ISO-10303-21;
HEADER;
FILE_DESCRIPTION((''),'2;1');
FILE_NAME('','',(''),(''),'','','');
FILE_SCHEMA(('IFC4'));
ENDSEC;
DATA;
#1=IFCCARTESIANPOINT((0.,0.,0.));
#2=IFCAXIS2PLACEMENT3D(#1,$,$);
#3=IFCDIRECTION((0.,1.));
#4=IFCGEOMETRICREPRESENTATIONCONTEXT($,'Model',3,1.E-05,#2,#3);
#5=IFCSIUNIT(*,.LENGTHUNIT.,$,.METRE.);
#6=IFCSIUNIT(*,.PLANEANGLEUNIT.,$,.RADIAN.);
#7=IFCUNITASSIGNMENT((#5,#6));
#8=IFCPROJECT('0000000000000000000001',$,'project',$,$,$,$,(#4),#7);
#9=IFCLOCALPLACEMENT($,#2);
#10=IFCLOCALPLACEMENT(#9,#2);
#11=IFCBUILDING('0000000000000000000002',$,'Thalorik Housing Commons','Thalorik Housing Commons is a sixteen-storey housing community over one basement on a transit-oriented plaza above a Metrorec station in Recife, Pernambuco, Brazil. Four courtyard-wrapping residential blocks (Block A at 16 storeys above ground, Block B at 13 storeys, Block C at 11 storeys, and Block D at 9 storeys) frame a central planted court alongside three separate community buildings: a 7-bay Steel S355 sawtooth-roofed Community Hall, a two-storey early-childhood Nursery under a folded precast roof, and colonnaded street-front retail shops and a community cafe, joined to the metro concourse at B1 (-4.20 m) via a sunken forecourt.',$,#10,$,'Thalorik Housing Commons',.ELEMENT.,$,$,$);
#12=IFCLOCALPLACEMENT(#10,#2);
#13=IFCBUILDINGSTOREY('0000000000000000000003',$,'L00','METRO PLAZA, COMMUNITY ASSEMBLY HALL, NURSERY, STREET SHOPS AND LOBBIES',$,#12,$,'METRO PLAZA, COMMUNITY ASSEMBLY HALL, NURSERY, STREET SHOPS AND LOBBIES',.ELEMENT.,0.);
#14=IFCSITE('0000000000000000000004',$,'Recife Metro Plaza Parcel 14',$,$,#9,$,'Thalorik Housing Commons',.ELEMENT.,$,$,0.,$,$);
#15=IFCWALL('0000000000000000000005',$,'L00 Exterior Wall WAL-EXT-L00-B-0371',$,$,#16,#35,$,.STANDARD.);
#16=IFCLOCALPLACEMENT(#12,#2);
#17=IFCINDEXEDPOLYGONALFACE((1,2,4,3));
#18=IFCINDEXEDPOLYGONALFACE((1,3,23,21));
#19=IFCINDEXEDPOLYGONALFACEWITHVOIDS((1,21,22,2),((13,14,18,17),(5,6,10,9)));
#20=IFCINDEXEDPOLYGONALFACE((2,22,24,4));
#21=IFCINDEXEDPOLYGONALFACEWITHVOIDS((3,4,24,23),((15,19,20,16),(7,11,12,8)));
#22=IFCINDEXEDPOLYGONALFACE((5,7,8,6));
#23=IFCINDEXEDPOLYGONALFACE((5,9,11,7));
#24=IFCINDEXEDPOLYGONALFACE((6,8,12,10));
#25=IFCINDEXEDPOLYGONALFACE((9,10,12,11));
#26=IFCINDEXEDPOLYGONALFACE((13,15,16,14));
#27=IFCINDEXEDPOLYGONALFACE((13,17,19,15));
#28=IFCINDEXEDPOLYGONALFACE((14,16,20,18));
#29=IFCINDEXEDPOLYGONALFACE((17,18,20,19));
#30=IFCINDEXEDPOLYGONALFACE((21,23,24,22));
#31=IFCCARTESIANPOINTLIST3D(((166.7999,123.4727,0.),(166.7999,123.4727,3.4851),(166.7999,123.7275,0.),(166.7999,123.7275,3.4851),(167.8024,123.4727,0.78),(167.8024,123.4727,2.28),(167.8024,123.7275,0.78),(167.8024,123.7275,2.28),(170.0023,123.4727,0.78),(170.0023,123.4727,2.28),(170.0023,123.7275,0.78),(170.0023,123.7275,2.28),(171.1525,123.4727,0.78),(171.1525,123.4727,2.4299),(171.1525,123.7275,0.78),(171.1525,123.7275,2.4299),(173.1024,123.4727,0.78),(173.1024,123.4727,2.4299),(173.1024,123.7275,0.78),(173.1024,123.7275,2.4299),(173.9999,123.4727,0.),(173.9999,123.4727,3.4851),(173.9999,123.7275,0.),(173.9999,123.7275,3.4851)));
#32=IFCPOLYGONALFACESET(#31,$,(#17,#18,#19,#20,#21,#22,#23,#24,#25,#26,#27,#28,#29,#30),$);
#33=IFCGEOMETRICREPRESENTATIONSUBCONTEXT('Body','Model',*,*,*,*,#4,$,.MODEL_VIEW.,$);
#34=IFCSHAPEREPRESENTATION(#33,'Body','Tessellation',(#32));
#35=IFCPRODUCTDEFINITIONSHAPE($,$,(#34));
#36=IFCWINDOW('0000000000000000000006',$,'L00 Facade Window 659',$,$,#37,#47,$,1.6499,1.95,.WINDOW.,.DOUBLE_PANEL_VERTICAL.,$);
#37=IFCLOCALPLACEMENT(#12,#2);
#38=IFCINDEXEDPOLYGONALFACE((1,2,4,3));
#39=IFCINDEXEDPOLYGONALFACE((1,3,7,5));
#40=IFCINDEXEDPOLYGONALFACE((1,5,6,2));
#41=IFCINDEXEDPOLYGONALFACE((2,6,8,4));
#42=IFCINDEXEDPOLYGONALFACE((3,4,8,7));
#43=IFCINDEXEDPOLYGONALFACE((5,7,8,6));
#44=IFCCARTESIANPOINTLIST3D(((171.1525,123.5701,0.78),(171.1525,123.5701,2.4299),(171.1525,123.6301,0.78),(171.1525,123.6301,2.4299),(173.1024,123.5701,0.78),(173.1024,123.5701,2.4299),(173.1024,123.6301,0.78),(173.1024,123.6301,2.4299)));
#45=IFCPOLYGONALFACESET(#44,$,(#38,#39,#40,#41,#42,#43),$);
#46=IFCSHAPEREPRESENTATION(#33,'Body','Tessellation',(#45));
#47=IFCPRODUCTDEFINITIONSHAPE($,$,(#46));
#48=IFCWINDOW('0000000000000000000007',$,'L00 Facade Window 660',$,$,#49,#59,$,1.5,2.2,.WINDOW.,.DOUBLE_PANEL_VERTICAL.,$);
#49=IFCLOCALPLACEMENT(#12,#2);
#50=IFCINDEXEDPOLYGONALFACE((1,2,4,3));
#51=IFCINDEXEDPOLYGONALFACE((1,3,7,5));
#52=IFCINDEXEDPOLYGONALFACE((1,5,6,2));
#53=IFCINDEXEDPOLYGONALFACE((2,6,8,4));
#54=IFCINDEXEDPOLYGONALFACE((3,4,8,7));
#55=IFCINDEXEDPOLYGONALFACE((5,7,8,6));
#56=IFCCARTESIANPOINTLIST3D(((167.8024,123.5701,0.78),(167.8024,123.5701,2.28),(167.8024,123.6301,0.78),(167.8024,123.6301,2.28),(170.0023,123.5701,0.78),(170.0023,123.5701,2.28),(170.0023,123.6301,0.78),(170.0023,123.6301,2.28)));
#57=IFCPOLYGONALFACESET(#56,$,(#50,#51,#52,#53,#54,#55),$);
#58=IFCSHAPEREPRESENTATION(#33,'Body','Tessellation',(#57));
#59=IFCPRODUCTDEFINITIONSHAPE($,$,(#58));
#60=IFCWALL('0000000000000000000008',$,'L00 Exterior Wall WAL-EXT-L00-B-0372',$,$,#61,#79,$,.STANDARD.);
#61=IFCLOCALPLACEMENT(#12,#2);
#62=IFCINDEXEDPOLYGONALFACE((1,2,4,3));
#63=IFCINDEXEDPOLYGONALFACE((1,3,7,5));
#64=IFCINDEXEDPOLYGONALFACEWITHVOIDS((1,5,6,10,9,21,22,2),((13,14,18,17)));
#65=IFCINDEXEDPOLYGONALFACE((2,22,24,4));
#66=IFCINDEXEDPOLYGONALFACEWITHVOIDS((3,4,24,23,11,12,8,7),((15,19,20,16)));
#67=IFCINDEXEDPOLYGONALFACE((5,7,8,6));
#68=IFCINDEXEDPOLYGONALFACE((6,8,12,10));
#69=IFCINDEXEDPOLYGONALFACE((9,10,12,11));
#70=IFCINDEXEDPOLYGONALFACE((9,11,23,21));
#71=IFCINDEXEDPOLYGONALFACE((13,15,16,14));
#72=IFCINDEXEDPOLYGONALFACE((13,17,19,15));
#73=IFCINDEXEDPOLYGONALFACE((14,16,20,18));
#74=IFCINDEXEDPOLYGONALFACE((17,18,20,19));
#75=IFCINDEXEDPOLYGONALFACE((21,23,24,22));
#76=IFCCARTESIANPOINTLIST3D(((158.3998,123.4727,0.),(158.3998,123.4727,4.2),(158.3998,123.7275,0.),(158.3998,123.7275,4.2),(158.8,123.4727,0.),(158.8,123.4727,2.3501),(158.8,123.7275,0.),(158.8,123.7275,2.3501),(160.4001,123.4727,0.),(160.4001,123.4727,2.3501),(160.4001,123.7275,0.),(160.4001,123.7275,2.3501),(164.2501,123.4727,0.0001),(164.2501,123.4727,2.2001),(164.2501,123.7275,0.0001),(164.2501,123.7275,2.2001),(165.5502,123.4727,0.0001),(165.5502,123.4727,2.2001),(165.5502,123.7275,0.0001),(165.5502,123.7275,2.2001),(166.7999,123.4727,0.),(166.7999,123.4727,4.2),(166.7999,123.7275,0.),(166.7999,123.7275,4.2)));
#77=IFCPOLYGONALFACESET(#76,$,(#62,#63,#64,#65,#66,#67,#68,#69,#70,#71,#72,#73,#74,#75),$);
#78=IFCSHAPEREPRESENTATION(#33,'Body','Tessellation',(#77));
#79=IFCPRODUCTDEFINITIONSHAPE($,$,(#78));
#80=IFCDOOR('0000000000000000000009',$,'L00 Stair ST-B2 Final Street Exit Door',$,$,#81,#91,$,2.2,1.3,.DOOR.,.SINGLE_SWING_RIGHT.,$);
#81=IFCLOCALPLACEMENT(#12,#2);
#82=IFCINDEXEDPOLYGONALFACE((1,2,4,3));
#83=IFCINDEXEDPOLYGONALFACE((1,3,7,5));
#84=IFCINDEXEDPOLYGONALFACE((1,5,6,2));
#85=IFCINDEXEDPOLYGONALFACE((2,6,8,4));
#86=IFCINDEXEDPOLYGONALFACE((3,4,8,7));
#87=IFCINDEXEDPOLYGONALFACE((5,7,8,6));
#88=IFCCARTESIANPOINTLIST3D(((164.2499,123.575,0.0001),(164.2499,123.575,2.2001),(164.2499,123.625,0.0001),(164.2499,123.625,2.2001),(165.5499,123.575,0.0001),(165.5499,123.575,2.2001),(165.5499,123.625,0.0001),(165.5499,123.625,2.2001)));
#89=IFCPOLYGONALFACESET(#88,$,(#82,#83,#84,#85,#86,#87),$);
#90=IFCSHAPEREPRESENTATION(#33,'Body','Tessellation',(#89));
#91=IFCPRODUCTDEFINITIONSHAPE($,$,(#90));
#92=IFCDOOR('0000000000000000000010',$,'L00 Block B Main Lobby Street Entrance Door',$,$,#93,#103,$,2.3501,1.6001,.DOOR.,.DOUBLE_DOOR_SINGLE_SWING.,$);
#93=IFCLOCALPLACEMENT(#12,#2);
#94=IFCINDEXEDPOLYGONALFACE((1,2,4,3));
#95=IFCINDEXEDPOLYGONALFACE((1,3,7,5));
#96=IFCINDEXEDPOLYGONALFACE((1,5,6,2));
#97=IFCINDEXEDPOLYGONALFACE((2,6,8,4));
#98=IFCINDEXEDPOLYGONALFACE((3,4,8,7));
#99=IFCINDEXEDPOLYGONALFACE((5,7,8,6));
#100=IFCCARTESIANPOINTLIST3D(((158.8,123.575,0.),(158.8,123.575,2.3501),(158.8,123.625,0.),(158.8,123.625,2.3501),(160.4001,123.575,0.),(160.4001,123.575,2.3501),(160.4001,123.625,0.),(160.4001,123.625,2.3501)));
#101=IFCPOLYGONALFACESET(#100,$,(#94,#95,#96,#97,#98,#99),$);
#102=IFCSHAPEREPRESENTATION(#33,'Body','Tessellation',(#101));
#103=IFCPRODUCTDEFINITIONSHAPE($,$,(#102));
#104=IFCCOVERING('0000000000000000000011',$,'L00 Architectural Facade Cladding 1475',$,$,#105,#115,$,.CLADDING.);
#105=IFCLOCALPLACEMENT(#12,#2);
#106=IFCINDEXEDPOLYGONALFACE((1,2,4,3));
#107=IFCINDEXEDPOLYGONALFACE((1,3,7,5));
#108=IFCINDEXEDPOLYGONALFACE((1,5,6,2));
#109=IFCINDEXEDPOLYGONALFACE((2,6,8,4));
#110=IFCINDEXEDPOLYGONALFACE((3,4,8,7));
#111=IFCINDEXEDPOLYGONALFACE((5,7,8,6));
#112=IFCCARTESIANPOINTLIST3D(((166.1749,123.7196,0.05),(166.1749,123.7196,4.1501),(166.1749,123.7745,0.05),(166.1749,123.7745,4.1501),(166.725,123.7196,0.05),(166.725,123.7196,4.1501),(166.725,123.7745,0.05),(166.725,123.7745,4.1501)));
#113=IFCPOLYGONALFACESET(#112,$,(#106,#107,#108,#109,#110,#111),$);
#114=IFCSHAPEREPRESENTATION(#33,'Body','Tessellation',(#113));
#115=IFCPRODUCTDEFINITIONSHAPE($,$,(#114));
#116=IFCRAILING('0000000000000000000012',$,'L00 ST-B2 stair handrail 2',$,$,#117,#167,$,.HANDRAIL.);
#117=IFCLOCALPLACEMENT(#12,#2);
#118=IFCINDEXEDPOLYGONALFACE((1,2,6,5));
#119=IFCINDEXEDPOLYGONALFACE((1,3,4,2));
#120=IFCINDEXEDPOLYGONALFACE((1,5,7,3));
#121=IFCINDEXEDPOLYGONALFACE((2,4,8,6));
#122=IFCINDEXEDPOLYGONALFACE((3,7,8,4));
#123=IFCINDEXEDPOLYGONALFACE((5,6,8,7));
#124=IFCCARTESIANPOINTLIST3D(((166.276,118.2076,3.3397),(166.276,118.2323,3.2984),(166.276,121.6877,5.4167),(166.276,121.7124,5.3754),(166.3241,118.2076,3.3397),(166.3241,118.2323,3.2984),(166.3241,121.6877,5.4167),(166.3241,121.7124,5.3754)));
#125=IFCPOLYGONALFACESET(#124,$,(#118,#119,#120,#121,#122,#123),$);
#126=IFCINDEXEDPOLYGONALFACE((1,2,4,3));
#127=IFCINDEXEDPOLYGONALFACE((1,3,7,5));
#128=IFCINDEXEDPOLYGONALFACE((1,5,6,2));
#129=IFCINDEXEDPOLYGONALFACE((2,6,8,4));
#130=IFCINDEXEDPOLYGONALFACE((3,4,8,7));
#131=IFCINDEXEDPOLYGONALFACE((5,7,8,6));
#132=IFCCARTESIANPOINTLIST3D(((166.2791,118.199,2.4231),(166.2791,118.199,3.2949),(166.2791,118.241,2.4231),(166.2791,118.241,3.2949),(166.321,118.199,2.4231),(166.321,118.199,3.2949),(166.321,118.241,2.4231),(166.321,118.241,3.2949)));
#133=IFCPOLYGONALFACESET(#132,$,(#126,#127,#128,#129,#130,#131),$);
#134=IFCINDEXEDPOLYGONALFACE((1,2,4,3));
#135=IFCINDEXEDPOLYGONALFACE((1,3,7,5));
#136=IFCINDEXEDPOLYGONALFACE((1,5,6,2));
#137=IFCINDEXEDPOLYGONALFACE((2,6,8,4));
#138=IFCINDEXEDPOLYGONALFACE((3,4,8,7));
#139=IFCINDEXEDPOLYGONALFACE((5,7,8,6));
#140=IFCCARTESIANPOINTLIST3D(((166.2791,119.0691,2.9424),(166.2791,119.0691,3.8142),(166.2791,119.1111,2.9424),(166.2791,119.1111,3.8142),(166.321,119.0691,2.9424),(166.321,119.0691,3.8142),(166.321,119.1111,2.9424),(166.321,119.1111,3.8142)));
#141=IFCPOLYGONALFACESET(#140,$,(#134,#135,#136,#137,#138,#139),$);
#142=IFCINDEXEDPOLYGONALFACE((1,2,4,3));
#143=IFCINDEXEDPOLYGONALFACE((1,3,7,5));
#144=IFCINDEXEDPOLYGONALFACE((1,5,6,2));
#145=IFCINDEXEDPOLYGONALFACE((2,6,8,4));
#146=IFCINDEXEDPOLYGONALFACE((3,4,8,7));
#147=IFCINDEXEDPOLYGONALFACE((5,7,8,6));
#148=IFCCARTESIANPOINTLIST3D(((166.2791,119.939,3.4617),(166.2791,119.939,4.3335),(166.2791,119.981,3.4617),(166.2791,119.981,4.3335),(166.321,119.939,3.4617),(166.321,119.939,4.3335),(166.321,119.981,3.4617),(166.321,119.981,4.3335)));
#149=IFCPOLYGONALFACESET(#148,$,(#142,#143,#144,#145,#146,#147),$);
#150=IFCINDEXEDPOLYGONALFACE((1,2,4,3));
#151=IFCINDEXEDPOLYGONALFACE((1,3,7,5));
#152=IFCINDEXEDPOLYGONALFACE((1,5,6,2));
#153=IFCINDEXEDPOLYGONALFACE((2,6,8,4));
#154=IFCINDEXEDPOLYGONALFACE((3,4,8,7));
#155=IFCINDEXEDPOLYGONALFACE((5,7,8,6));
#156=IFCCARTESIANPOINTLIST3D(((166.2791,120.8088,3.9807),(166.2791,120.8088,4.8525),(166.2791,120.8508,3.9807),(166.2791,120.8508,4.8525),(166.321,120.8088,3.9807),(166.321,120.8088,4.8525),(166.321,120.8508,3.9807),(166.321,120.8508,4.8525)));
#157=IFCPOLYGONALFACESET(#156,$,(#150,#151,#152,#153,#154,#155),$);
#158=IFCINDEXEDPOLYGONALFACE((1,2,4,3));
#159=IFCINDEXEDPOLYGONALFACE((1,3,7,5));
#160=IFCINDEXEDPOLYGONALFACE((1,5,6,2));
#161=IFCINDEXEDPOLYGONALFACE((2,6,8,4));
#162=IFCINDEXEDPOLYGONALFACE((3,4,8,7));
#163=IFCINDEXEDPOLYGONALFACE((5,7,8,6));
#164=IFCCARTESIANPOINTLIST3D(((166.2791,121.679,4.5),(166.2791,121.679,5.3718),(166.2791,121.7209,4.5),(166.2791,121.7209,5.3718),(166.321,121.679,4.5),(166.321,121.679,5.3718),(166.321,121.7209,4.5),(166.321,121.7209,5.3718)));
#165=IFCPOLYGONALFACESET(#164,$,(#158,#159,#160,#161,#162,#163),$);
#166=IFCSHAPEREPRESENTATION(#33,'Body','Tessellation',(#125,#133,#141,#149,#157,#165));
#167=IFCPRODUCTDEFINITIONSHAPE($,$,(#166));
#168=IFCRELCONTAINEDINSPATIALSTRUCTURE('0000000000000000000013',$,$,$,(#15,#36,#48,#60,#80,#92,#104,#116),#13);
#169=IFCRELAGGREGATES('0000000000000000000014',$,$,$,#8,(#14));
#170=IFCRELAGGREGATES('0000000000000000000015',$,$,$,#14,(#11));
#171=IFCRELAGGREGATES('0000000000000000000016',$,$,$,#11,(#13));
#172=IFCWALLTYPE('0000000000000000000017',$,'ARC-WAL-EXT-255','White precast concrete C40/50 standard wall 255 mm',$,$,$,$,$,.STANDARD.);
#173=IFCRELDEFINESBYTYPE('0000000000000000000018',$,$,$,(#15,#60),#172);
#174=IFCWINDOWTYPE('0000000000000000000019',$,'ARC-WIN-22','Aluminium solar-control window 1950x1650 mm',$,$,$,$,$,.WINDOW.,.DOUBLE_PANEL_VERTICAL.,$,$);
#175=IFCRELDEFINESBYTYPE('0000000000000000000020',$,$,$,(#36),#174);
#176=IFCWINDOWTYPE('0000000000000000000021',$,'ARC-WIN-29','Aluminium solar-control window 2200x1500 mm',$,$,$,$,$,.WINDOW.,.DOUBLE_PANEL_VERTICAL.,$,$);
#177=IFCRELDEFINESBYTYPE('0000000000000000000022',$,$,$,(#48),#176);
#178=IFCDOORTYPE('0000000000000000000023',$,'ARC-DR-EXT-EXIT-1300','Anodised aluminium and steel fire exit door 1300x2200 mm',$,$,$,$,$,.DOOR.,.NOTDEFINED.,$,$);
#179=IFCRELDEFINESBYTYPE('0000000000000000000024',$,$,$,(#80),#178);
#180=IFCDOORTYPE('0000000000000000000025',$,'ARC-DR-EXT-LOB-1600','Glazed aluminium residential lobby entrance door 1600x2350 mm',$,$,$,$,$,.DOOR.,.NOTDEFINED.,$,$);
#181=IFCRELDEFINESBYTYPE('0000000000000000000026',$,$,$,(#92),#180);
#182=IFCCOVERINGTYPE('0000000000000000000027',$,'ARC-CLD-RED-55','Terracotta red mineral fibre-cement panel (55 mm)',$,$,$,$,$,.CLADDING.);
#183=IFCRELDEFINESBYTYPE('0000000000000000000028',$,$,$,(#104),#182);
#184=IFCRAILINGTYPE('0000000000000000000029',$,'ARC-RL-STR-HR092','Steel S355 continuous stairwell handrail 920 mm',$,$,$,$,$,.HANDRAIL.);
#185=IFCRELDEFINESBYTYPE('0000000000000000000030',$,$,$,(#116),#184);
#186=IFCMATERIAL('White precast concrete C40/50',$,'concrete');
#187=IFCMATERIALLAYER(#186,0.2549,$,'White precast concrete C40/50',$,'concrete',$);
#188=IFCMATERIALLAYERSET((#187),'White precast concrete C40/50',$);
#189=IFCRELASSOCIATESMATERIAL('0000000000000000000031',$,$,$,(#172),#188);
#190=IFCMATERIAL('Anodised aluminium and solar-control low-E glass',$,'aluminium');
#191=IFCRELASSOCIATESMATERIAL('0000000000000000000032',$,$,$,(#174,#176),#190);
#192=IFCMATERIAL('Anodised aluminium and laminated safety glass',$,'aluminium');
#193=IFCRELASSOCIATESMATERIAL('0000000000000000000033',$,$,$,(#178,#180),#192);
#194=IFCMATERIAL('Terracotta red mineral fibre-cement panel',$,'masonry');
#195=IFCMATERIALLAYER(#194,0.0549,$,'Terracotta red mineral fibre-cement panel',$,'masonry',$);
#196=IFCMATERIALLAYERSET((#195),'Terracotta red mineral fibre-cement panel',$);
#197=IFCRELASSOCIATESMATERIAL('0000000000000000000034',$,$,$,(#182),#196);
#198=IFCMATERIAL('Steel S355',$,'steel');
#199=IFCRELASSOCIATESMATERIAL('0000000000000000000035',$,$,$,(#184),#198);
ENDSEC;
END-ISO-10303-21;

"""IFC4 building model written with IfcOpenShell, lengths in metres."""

from ifc_helpers import new_model, si_unit, direction, frame, frame_2d, origin, origin_2d, place, context, subcontext, project, spatial, rectangle, extrude, material, layer, layer_set, type_object, element, fill, save


model = new_model("IFC4")

# Units and contexts
model_context = context("Model", 3, precision=1e-05, world=origin(), true_north=direction((0.0, 1.0)))
body_context = subcontext(model_context, "Body", "Model", "MODEL_VIEW")
ifc_project = project(units=[si_unit("LENGTHUNIT", "METRE"), si_unit("PLANEANGLEUNIT", "RADIAN")], contexts=[model_context])

# Site, building, storey
site_placement = place(None, origin())
site = spatial("IfcSite", under=ifc_project, at=site_placement, Name="Recife Metro Plaza Parcel 14", LongName="Thalorik Housing Commons", CompositionType="ELEMENT", RefElevation=0.0)
building_placement = place(site_placement, origin())
building = spatial("IfcBuilding", under=site, at=building_placement, Name="Thalorik Housing Commons", Description="Thalorik Housing Commons is a sixteen-storey housing community over one basement on a transit-oriented plaza above a Metrorec station in Recife, Pernambuco, Brazil. Four courtyard-wrapping residential blocks (Block A at 16 storeys above ground, Block B at 13 storeys, Block C at 11 storeys, and Block D at 9 storeys) frame a central planted court alongside three separate community buildings: a 7-bay Steel S355 sawtooth-roofed Community Hall, a two-storey early-childhood Nursery under a folded precast roof, and colonnaded street-front retail shops and a community cafe, joined to the metro concourse at B1 (-4.20 m) via a sunken forecourt.", LongName="Thalorik Housing Commons", CompositionType="ELEMENT")
storey_placement = place(building_placement, origin())
storey = spatial("IfcBuildingStorey", under=building, at=storey_placement, Name="L00", Description="METRO PLAZA, COMMUNITY ASSEMBLY HALL, NURSERY, STREET SHOPS AND LOBBIES", LongName="METRO PLAZA, COMMUNITY ASSEMBLY HALL, NURSERY, STREET SHOPS AND LOBBIES", CompositionType="ELEMENT", Elevation=0.0)

# Wall, openings, windows
ifc_material_1 = material(Name="White precast concrete C40/50", Category="concrete")
ifc_layer_1 = layer(ifc_material_1, 0.2549, Name="White precast concrete C40/50", Category="concrete")
ifc_layer_set_1 = layer_set([ifc_layer_1], Name="White precast concrete C40/50")
wall_type_1 = type_object("IfcWallType", Name="ARC-WAL-EXT-255", Description="White precast concrete C40/50 standard wall 255 mm", PredefinedType="STANDARD", material=ifc_layer_set_1)
ifc_material_2 = material(Name="Anodised aluminium and solar-control low-E glass", Category="aluminium")
wall_1_placement = place(storey_placement, frame((174.0, 123.6001, 0.0), z_axis=(0.0, 0.0, 1.0), x_axis=(-1.0, 0.0, 0.0)))
wall_1 = element("IfcWall", 1, at=wall_1_placement, inside=storey, type_object=wall_type_1, Name="L00 Exterior Wall WAL-EXT-L00-B-0371", PredefinedType="STANDARD", context=body_context, shape_type="SweptSolid", body=[
    extrude(rectangle(XDim=7.2, YDim=0.2549, at=frame_2d((3.6001, 0.0))), origin(), (0.0, 0.0, 1.0), 3.4851),
])
opening_1_placement = place(wall_1_placement, frame((0.8975, 0.0, 0.78)))
opening_1 = element("IfcOpeningElement", 2, at=opening_1_placement, cuts=wall_1, PredefinedType="OPENING", context=body_context, shape_type="SweptSolid", body=[
    extrude(rectangle(XDim=1.95, YDim=1.6499, at=frame_2d((0.9751, 0.825))), frame((0.0, 0.1375, 0.0), z_axis=(0.0, -1.0, 0.0), x_axis=(1.0, 0.0, 0.0)), (0.0, 0.0, 1.0), 0.2749),
])
opening_2_placement = place(wall_1_placement, frame((3.9976, 0.0, 0.78)))
opening_2 = element("IfcOpeningElement", 3, at=opening_2_placement, cuts=wall_1, PredefinedType="OPENING", context=body_context, shape_type="SweptSolid", body=[
    extrude(rectangle(XDim=2.2, YDim=1.5, at=frame_2d((1.1001, 0.75))), frame((0.0, 0.1375, 0.0), z_axis=(0.0, -1.0, 0.0), x_axis=(1.0, 0.0, 0.0)), (0.0, 0.0, 1.0), 0.2749),
])
window_type_1 = type_object("IfcWindowType", Name="ARC-WIN-22", Description="Aluminium solar-control window 1950x1650 mm", PartitioningType="DOUBLE_PANEL_VERTICAL", PredefinedType="WINDOW", material=ifc_material_2)
window_1_placement = place(opening_1_placement, origin())
window_1 = element("IfcWindow", 4, at=window_1_placement, inside=storey, type_object=window_type_1, Name="L00 Facade Window 659", OverallHeight=1.6499, OverallWidth=1.95, PartitioningType="DOUBLE_PANEL_VERTICAL", PredefinedType="WINDOW", context=body_context, shape_type="SweptSolid", body=[
    extrude(rectangle(XDim=1.95, YDim=1.6499, at=frame_2d((0.9751, 0.825))), frame((0.0, 0.03, 0.0), z_axis=(0.0, -1.0, 0.0), x_axis=(1.0, 0.0, 0.0)), (0.0, 0.0, 1.0), 0.0601),
])
fill(opening_1, window_1)
window_type_2 = type_object("IfcWindowType", Name="ARC-WIN-29", Description="Aluminium solar-control window 2200x1500 mm", PartitioningType="DOUBLE_PANEL_VERTICAL", PredefinedType="WINDOW", material=ifc_material_2)
window_2_placement = place(opening_2_placement, origin())
window_2 = element("IfcWindow", 5, at=window_2_placement, inside=storey, type_object=window_type_2, Name="L00 Facade Window 660", OverallHeight=1.5, OverallWidth=2.2, PartitioningType="DOUBLE_PANEL_VERTICAL", PredefinedType="WINDOW", context=body_context, shape_type="SweptSolid", body=[
    extrude(rectangle(XDim=2.2, YDim=1.5, at=frame_2d((1.1001, 0.75))), frame((0.0, 0.03, 0.0), z_axis=(0.0, -1.0, 0.0), x_axis=(1.0, 0.0, 0.0)), (0.0, 0.0, 1.0), 0.0601),
])
fill(opening_2, window_2)

# Wall, openings, doors
wall_2_placement = place(storey_placement, frame((166.8, 123.6001, 0.0), z_axis=(0.0, 0.0, 1.0), x_axis=(-1.0, 0.0, 0.0)))
wall_2 = element("IfcWall", 6, at=wall_2_placement, inside=storey, type_object=wall_type_1, Name="L00 Exterior Wall WAL-EXT-L00-B-0372", PredefinedType="STANDARD", context=body_context, shape_type="SweptSolid", body=[
    extrude(rectangle(XDim=8.4001, YDim=0.2549, at=frame_2d((4.2002, 0.0))), origin(), (0.0, 0.0, 1.0), 4.2),
])
opening_3_placement = place(wall_2_placement, frame((6.3999, 0.0, 0.0)))
opening_3 = element("IfcOpeningElement", 7, at=opening_3_placement, cuts=wall_2, PredefinedType="OPENING", context=body_context, shape_type="SweptSolid", body=[
    extrude(rectangle(XDim=1.6001, YDim=2.3501, at=frame_2d((0.8, 1.175))), frame((0.0, 0.1375, 0.0), z_axis=(0.0, -1.0, 0.0), x_axis=(1.0, 0.0, 0.0)), (0.0, 0.0, 1.0), 0.2749),
])
opening_4_placement = place(wall_2_placement, frame((1.25, 0.0, 0.0)))
opening_4 = element("IfcOpeningElement", 8, at=opening_4_placement, cuts=wall_2, PredefinedType="OPENING", context=body_context, shape_type="SweptSolid", body=[
    extrude(rectangle(XDim=1.3, YDim=2.2, at=frame_2d((0.6499, 1.1001))), frame((0.0, 0.1375, 0.0), z_axis=(0.0, -1.0, 0.0), x_axis=(1.0, 0.0, 0.0)), (0.0, 0.0, 1.0), 0.2749),
])
ifc_material_3 = material(Name="Anodised aluminium and laminated safety glass", Category="aluminium")
door_type_1 = type_object("IfcDoorType", Name="ARC-DR-EXT-EXIT-1300", Description="Anodised aluminium and steel fire exit door 1300x2200 mm", OperationType="NOTDEFINED", PredefinedType="DOOR", material=ifc_material_3)
door_1_placement = place(opening_4_placement, frame((1.3, 0.0, 0.0), z_axis=(0.0, 0.0, 1.0), x_axis=(-1.0, 0.0, 0.0)))
door_1 = element("IfcDoor", 9, at=door_1_placement, inside=storey, type_object=door_type_1, Name="L00 Stair ST-B2 Final Street Exit Door", OperationType="SINGLE_SWING_RIGHT", OverallHeight=2.2, OverallWidth=1.3, PredefinedType="DOOR", context=body_context, shape_type="SweptSolid", body=[
    extrude(rectangle(XDim=1.3, YDim=2.2, at=frame_2d((0.6499, 1.1001))), frame((0.0, 0.0249, 0.0), z_axis=(0.0, -1.0, 0.0), x_axis=(1.0, 0.0, 0.0)), (0.0, 0.0, 1.0), 0.05),
])
fill(opening_4, door_1)
door_type_2 = type_object("IfcDoorType", Name="ARC-DR-EXT-LOB-1600", Description="Glazed aluminium residential lobby entrance door 1600x2350 mm", OperationType="NOTDEFINED", PredefinedType="DOOR", material=ifc_material_3)
door_2_placement = place(opening_3_placement, frame((1.6001, 0.0, 0.0), z_axis=(0.0, 0.0, 1.0), x_axis=(-1.0, 0.0, 0.0)))
door_2 = element("IfcDoor", 10, at=door_2_placement, inside=storey, type_object=door_type_2, Name="L00 Block B Main Lobby Street Entrance Door", OperationType="DOUBLE_DOOR_SINGLE_SWING", OverallHeight=2.3501, OverallWidth=1.6001, PredefinedType="DOOR", context=body_context, shape_type="SweptSolid", body=[
    extrude(rectangle(XDim=1.6001, YDim=2.3501, at=frame_2d((0.8, 1.175))), frame((0.0, 0.0249, 0.0), z_axis=(0.0, -1.0, 0.0), x_axis=(1.0, 0.0, 0.0)), (0.0, 0.0, 1.0), 0.05),
])
fill(opening_3, door_2)

# Covering
ifc_material_4 = material(Name="Terracotta red mineral fibre-cement panel", Category="masonry")
ifc_layer_2 = layer(ifc_material_4, 0.0549, Name="Terracotta red mineral fibre-cement panel", Category="masonry")
ifc_layer_set_2 = layer_set([ifc_layer_2], Name="Terracotta red mineral fibre-cement panel")
covering_type = type_object("IfcCoveringType", Name="ARC-CLD-RED-55", Description="Terracotta red mineral fibre-cement panel (55 mm)", PredefinedType="CLADDING", material=ifc_layer_set_2)
covering_placement = place(storey_placement, frame((166.45, 123.7471, 0.05), z_axis=(0.0, 0.0, 1.0), x_axis=(-1.0, 0.0, 0.0)))
element("IfcCovering", 11, at=covering_placement, inside=storey, type_object=covering_type, Name="L00 Architectural Facade Cladding 1475", PredefinedType="CLADDING", context=body_context, shape_type="SweptSolid", body=[
    extrude(rectangle(XDim=0.55, YDim=0.0549, at=origin_2d()), origin(), (0.0, 0.0, 1.0), 4.1001),
])

# Railing
ifc_material_5 = material(Name="Steel S355", Category="steel")
railing_type = type_object("IfcRailingType", Name="ARC-RL-STR-HR092", Description="Steel S355 continuous stairwell handrail 920 mm", PredefinedType="HANDRAIL", material=ifc_material_5)
railing_placement = place(storey_placement, frame((166.3, 118.22, 2.4231)))
element("IfcRailing", 12, at=railing_placement, inside=storey, type_object=railing_type, Name="L00 ST-B2 stair handrail 2", PredefinedType="HANDRAIL", context=body_context, shape_type="SweptSolid", body=[
    extrude(rectangle(XDim=0.0481, YDim=0.0481, at=origin_2d()), frame((0.0, 0.0, 0.896), z_axis=(0.0, 0.858697, 0.512483), x_axis=(-1.0, 0.0, 0.0)), (0.0, 0.0, 1.0), 4.0527),
    extrude(rectangle(XDim=0.042, YDim=0.042, at=origin_2d()), origin(), (0.0, 0.0, 1.0), 0.8718),
    extrude(rectangle(XDim=0.042, YDim=0.042, at=origin_2d()), frame((0.0, 0.8701, 0.5193)), (0.0, 0.0, 1.0), 0.8718),
    extrude(rectangle(XDim=0.042, YDim=0.042, at=origin_2d()), frame((0.0, 1.74, 1.0386)), (0.0, 0.0, 1.0), 0.8718),
    extrude(rectangle(XDim=0.042, YDim=0.042, at=origin_2d()), frame((0.0, 2.6099, 1.5576)), (0.0, 0.0, 1.0), 0.8718),
    extrude(rectangle(XDim=0.042, YDim=0.042, at=origin_2d()), frame((0.0, 3.48, 2.0769)), (0.0, 0.0, 1.0), 0.8718),
])

save(model, "model.ifc")
